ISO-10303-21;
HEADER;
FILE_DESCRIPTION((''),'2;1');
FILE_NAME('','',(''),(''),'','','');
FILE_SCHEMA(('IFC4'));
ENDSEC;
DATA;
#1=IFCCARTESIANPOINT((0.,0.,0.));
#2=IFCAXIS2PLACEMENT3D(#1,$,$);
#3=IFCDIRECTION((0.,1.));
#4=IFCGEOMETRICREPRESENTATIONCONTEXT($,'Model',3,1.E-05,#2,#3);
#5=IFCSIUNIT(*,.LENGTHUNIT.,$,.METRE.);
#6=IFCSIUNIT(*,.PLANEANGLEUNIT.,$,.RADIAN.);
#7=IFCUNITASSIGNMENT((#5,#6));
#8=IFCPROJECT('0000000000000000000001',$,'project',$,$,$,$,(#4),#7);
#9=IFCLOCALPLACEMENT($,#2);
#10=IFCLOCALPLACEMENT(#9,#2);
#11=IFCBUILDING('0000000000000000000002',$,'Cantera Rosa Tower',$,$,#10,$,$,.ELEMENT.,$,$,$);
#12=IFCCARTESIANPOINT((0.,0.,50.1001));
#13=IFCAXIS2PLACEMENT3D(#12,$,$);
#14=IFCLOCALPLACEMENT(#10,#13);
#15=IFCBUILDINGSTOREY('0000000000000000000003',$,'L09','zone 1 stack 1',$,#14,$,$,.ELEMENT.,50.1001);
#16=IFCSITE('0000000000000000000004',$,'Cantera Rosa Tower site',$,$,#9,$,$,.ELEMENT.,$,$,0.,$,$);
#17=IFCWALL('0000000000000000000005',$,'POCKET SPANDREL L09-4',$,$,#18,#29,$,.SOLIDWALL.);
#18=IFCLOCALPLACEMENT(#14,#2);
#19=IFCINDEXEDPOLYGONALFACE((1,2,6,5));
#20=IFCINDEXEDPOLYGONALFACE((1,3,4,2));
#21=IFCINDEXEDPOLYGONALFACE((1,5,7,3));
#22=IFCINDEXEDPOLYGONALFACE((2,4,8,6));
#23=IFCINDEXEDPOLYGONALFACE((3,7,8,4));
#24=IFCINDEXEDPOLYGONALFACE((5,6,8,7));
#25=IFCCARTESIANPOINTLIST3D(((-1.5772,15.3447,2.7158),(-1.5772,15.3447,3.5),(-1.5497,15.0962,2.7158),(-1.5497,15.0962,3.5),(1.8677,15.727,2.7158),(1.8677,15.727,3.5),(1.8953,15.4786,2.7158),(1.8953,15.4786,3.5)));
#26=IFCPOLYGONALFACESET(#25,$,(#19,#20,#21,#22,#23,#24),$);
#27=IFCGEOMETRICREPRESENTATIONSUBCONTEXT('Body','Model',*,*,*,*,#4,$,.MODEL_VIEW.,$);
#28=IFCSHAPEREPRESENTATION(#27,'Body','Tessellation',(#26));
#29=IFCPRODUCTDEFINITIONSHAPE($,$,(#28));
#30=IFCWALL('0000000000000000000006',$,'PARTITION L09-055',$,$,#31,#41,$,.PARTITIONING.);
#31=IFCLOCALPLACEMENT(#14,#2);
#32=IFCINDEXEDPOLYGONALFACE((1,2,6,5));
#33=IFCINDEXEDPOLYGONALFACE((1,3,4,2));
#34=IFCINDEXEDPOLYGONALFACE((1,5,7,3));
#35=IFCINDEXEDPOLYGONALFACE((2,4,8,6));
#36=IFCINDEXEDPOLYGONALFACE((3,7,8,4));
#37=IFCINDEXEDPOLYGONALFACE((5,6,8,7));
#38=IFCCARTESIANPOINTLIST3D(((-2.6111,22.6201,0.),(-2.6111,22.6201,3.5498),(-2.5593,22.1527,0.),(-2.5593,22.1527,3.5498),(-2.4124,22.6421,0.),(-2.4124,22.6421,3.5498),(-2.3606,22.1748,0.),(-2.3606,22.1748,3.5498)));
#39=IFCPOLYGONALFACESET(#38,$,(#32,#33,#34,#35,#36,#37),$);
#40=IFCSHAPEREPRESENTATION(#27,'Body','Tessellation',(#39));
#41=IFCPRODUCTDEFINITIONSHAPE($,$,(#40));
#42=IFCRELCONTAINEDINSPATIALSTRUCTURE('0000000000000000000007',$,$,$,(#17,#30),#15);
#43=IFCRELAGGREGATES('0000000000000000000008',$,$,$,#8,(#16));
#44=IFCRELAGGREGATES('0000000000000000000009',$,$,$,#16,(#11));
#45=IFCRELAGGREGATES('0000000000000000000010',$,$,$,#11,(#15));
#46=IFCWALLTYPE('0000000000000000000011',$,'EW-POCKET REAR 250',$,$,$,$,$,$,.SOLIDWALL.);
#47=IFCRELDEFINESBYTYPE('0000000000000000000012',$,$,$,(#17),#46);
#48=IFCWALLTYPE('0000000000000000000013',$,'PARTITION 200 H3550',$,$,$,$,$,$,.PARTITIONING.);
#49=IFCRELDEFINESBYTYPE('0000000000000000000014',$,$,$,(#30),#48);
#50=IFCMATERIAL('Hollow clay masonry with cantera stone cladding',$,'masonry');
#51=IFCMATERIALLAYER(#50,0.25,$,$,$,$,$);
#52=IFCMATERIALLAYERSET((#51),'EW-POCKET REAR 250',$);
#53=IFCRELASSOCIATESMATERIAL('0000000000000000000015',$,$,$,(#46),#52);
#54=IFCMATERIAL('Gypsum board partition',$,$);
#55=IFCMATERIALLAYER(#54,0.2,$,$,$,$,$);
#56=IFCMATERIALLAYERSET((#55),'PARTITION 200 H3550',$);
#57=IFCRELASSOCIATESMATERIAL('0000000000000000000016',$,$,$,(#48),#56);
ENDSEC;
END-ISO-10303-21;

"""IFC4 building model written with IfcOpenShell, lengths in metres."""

from ifc_helpers import new_model, si_unit, direction, frame, frame_2d, origin, place, context, subcontext, project, spatial, rectangle, extrude, material, layer, layer_set, type_object, element, save


model = new_model("IFC4")

# Units and contexts
model_context = context("Model", 3, precision=1e-05, world=origin(), true_north=direction((0.0, 1.0)))
body_context = subcontext(model_context, "Body", "Model", "MODEL_VIEW")
ifc_project = project(units=[si_unit("LENGTHUNIT", "METRE"), si_unit("PLANEANGLEUNIT", "RADIAN")], contexts=[model_context])

# Site, building, storey
site_placement = place(None, origin())
site = spatial("IfcSite", under=ifc_project, at=site_placement, Name="Cantera Rosa Tower site", CompositionType="ELEMENT", RefElevation=0.0)
building_placement = place(site_placement, origin())
building = spatial("IfcBuilding", under=site, at=building_placement, Name="Cantera Rosa Tower", CompositionType="ELEMENT")
storey_placement = place(building_placement, frame((0.0, 0.0, 50.1001)))
storey = spatial("IfcBuildingStorey", under=building, at=storey_placement, Name="L09", Description="zone 1 stack 1", CompositionType="ELEMENT", Elevation=50.1001)

# Walls
ifc_material_1 = material(Name="Hollow clay masonry with cantera stone cladding", Category="masonry")
ifc_layer_1 = layer(ifc_material_1, 0.25)
ifc_layer_set_1 = layer_set([ifc_layer_1], Name="EW-POCKET REAR 250")
wall_type_1 = type_object("IfcWallType", Name="EW-POCKET REAR 250", PredefinedType="SOLIDWALL", material=ifc_layer_set_1)
wall_1_placement = place(storey_placement, frame((1.8813, 15.6028, 2.7158), z_axis=(0.0, 0.0, 1.0), x_axis=(-0.993897, -0.110308, 0.0)))
element("IfcWall", 1, at=wall_1_placement, inside=storey, type_object=wall_type_1, Name="POCKET SPANDREL L09-4", PredefinedType="SOLIDWALL", context=body_context, shape_type="SweptSolid", body=[
    extrude(rectangle(XDim=3.4661, YDim=0.25, at=frame_2d((1.7329, 0.0))), origin(), (0.0, 0.0, 1.0), 0.7842),
])
ifc_material_2 = material(Name="Gypsum board partition")
ifc_layer_2 = layer(ifc_material_2, 0.2)
ifc_layer_set_2 = layer_set([ifc_layer_2], Name="PARTITION 200 H3550")
wall_type_2 = type_object("IfcWallType", Name="PARTITION 200 H3550", PredefinedType="PARTITIONING", material=ifc_layer_set_2)
wall_2_placement = place(storey_placement, frame((-2.5117, 22.6311, 0.0), z_axis=(0.0, 0.0, 1.0), x_axis=(0.11009, -0.993922, 0.0)))
element("IfcWall", 2, at=wall_2_placement, inside=storey, type_object=wall_type_2, Name="PARTITION L09-055", PredefinedType="PARTITIONING", context=body_context, shape_type="SweptSolid", body=[
    extrude(rectangle(XDim=0.4702, YDim=0.2, at=frame_2d((0.2351, 0.0))), origin(), (0.0, 0.0, 1.0), 3.5498),
])

save(model, "model.ifc")
